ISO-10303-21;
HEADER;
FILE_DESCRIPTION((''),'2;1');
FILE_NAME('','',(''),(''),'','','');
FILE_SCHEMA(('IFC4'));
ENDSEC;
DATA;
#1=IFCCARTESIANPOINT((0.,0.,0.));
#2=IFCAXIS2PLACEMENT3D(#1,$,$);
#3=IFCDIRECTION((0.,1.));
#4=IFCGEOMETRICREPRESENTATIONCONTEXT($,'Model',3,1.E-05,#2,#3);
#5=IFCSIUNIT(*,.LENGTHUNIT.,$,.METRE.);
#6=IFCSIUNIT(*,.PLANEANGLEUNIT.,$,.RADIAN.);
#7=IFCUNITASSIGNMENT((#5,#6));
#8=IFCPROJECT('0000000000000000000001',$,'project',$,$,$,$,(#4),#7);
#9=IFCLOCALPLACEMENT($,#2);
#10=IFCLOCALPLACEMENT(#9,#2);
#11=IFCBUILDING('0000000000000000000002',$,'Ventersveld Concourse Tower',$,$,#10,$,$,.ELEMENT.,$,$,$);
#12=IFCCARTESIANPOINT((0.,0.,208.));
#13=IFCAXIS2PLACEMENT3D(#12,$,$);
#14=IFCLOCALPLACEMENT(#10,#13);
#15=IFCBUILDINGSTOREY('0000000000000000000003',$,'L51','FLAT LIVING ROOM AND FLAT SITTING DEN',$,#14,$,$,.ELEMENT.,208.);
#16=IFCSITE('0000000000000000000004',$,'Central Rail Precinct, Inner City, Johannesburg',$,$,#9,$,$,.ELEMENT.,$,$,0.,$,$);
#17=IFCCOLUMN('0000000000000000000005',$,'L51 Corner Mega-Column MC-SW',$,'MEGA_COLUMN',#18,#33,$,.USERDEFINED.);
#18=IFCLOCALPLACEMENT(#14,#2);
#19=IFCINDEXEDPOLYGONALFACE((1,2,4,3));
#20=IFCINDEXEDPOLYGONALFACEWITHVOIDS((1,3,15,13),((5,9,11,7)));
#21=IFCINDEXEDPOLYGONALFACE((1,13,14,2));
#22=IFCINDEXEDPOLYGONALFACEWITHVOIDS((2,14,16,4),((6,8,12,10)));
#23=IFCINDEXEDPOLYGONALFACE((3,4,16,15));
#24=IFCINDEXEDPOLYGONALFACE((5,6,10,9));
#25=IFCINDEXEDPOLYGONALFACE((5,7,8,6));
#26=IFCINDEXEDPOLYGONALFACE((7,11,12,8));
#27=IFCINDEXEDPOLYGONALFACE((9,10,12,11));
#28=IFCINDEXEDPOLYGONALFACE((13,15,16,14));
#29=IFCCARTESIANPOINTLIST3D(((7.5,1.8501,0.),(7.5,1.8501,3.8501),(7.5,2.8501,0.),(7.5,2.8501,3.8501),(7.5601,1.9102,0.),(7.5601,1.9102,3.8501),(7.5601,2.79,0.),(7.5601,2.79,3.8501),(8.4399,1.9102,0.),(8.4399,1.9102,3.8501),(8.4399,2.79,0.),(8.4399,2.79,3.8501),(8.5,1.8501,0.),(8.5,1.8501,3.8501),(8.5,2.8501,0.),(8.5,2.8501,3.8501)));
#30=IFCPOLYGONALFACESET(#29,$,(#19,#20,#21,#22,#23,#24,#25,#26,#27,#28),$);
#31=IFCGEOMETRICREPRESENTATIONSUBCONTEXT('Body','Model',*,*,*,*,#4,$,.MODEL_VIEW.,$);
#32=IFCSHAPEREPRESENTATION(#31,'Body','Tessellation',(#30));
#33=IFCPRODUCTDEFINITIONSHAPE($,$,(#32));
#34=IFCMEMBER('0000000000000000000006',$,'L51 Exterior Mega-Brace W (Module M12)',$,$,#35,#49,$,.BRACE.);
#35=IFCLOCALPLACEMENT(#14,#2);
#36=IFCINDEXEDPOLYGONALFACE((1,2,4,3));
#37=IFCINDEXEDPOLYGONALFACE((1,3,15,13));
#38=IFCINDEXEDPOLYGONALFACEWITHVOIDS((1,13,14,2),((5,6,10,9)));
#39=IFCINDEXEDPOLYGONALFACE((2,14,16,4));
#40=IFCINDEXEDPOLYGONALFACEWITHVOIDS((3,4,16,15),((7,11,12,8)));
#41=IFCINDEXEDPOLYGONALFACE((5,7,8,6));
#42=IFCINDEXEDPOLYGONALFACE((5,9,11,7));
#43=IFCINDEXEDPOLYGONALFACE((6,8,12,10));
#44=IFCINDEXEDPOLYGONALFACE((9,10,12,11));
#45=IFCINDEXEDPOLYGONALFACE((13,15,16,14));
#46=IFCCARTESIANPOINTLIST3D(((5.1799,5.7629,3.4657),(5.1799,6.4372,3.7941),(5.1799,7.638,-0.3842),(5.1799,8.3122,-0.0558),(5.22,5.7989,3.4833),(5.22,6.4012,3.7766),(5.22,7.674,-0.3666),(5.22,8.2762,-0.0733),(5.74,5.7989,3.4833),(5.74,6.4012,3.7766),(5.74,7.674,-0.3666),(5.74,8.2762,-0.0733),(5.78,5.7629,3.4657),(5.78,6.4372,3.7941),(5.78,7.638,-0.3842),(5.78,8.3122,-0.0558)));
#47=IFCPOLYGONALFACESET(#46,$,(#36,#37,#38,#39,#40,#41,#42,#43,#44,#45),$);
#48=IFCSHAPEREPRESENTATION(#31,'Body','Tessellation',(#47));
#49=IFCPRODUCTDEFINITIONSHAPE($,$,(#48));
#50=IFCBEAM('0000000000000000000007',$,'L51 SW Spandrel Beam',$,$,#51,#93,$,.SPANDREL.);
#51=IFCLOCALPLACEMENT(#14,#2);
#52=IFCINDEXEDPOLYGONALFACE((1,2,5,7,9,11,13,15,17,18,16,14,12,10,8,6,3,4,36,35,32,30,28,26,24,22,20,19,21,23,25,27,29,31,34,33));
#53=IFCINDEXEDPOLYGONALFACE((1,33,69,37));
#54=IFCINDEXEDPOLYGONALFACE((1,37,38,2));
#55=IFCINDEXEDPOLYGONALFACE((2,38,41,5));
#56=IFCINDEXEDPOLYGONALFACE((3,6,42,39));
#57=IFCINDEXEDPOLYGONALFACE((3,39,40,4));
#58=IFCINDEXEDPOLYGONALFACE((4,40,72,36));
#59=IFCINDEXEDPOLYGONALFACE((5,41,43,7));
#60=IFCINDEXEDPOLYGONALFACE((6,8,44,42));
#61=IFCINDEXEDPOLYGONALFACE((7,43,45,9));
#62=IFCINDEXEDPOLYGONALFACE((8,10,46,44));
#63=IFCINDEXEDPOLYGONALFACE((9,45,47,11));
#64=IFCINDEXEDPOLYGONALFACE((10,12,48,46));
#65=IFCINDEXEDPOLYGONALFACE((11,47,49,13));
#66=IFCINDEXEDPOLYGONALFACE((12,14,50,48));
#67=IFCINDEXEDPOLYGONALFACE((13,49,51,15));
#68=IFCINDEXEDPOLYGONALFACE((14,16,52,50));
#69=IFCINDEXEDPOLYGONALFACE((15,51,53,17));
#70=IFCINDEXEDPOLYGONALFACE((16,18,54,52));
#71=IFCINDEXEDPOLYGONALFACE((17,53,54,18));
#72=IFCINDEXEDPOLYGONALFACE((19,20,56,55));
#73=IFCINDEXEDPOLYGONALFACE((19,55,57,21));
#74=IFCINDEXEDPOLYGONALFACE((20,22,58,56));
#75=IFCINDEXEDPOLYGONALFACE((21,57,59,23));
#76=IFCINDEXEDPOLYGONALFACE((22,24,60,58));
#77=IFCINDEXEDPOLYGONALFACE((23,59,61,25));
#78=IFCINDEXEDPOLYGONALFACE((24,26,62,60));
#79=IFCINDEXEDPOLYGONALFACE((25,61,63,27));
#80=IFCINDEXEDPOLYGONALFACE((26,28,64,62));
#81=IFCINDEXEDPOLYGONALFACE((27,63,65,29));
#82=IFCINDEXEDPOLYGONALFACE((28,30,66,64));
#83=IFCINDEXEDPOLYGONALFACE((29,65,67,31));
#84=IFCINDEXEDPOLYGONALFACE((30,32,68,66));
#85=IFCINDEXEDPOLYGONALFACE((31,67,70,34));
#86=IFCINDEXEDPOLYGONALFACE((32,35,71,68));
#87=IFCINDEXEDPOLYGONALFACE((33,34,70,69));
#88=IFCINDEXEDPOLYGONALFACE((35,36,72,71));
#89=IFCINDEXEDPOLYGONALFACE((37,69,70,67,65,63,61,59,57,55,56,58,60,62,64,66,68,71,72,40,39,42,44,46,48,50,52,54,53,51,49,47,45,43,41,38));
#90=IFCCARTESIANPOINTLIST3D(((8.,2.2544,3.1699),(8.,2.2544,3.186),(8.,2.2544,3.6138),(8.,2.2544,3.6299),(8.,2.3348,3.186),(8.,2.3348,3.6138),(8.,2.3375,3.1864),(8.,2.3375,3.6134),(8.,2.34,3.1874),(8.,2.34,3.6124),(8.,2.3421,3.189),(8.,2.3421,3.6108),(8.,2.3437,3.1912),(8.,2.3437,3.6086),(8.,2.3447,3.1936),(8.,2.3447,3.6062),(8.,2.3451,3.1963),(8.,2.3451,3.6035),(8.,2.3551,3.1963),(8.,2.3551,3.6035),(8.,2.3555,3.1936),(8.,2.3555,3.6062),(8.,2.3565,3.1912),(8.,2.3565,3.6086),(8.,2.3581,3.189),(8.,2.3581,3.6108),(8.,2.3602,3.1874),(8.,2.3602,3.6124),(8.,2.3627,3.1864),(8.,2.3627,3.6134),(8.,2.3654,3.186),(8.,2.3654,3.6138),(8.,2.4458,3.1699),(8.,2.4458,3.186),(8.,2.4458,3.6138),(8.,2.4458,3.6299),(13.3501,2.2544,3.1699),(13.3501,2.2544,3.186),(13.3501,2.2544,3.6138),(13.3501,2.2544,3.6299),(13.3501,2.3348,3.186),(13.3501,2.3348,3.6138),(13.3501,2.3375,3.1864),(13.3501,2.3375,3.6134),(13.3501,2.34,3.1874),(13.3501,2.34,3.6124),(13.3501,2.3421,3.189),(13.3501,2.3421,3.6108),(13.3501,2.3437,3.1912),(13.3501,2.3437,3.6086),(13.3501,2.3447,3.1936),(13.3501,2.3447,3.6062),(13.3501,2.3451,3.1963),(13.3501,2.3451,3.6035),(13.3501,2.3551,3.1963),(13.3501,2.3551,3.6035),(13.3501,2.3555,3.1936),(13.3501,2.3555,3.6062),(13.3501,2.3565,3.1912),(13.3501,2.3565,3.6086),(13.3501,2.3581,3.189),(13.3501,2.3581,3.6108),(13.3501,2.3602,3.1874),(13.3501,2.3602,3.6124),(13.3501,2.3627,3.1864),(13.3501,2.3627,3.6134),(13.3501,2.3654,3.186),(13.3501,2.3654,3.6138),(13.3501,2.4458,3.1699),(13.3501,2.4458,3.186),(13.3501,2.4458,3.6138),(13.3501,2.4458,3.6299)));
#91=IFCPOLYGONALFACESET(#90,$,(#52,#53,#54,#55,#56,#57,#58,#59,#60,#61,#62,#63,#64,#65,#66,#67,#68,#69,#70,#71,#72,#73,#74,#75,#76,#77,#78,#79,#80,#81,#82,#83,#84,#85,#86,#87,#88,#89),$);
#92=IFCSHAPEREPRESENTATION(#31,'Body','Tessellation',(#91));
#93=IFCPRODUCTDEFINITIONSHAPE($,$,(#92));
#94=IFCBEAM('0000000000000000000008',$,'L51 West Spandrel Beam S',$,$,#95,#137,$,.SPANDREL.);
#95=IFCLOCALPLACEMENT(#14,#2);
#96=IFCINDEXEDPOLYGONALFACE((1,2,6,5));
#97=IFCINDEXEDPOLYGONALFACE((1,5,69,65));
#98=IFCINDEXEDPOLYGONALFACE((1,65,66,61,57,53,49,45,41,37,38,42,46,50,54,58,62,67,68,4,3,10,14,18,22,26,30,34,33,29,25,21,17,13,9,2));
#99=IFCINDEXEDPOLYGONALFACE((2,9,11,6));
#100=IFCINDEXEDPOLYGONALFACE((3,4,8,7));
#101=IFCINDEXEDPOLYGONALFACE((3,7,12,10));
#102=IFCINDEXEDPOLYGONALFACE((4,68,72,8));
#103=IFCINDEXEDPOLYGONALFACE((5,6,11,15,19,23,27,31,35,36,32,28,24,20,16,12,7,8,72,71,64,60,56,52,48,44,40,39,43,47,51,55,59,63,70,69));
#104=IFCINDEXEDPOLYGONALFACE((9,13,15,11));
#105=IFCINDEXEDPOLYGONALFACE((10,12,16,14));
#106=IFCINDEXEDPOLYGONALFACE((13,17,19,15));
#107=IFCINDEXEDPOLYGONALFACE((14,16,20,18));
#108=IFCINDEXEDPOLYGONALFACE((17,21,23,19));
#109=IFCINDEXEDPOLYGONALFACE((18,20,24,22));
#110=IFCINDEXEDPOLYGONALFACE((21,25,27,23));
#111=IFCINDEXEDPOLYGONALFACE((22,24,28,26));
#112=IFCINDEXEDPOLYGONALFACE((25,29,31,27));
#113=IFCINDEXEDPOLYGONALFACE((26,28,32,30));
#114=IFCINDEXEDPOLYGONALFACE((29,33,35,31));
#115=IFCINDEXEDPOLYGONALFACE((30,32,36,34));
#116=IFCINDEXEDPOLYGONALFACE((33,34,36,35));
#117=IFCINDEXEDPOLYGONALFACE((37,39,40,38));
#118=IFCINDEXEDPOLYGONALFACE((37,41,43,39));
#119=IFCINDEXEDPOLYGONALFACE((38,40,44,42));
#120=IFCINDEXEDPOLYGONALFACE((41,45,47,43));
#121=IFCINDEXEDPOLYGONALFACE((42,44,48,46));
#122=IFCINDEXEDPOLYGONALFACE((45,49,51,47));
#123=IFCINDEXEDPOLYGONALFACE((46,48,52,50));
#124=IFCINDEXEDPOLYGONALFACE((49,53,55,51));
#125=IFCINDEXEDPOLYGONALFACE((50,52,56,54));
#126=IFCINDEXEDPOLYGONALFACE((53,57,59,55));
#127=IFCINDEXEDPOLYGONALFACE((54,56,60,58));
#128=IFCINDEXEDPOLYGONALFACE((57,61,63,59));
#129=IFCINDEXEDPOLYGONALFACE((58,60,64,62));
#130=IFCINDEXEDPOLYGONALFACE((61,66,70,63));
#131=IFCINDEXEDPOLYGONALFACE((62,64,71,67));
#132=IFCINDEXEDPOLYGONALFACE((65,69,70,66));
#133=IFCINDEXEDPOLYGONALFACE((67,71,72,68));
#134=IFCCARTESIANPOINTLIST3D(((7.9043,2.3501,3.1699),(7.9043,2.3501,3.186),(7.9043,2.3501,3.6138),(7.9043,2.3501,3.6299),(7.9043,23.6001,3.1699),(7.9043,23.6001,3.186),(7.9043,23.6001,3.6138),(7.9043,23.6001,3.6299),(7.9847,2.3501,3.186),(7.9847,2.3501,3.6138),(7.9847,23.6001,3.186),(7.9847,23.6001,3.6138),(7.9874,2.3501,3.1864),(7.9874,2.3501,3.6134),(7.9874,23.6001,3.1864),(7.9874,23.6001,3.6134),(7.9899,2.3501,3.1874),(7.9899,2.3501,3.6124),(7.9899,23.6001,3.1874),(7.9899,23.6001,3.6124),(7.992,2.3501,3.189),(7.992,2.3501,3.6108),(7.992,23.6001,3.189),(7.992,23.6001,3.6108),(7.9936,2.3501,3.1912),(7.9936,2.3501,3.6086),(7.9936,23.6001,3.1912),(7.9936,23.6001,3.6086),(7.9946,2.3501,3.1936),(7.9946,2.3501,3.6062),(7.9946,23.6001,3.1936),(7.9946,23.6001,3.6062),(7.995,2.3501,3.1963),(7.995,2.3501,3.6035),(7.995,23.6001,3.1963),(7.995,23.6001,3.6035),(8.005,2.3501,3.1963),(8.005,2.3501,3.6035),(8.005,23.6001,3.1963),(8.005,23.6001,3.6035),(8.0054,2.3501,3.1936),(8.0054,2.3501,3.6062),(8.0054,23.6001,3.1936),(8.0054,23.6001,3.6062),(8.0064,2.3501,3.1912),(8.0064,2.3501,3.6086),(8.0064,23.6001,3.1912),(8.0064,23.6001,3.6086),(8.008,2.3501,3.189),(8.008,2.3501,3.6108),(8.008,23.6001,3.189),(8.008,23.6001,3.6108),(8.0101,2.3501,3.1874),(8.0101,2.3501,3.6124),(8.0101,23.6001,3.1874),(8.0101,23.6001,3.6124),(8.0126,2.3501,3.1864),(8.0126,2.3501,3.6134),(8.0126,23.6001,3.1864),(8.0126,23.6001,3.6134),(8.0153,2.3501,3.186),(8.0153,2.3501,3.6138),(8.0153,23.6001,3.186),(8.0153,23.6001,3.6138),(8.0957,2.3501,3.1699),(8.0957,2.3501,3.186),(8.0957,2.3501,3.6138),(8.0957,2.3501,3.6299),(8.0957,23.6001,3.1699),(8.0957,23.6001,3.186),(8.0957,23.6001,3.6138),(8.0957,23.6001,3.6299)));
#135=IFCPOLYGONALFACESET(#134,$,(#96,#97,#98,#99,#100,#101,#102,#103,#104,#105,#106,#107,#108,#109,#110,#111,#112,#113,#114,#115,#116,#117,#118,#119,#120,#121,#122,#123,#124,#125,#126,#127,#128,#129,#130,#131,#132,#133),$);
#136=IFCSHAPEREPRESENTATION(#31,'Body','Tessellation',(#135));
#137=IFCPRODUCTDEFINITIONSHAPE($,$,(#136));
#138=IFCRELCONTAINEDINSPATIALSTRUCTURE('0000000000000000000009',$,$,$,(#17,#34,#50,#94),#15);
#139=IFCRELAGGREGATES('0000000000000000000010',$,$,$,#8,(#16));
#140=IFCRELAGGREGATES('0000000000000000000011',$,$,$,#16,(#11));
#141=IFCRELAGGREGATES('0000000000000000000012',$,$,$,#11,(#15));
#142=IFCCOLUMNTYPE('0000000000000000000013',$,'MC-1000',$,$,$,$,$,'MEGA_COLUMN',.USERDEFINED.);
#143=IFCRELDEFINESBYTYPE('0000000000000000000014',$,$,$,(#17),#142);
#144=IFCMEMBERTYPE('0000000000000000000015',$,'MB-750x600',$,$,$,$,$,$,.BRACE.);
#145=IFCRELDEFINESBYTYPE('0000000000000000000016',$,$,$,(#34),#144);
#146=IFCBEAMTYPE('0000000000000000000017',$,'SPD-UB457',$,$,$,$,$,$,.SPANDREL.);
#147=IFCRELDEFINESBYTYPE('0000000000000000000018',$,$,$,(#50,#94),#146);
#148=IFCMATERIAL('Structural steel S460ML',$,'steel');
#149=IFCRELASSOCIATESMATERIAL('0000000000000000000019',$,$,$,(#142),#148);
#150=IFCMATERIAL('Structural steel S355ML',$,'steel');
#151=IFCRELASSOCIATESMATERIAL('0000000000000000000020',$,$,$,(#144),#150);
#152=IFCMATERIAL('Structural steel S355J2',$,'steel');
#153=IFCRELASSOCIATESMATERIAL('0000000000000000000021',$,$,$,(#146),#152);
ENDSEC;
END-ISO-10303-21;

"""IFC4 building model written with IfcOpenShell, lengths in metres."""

from ifc_helpers import new_model, si_unit, direction, frame, origin, origin_2d, place, context, subcontext, project, spatial, hollow_rectangle, i_section, extrude, material, material_profile, profile_set, type_object, element, save


model = new_model("IFC4")

# Units and contexts
model_context = context("Model", 3, precision=1e-05, world=origin(), true_north=direction((0.0, 1.0)))
body_context = subcontext(model_context, "Body", "Model", "MODEL_VIEW")
ifc_project = project(units=[si_unit("LENGTHUNIT", "METRE"), si_unit("PLANEANGLEUNIT", "RADIAN")], contexts=[model_context])

# Site, building, storey
site_placement = place(None, origin())
site = spatial("IfcSite", under=ifc_project, at=site_placement, Name="Central Rail Precinct, Inner City, Johannesburg", CompositionType="ELEMENT", RefElevation=0.0)
building_placement = place(site_placement, origin())
building = spatial("IfcBuilding", under=site, at=building_placement, Name="Ventersveld Concourse Tower", CompositionType="ELEMENT")
storey_placement = place(building_placement, frame((0.0, 0.0, 208.0)))
storey = spatial("IfcBuildingStorey", under=building, at=storey_placement, Name="L51", Description="FLAT LIVING ROOM AND FLAT SITTING DEN", CompositionType="ELEMENT", Elevation=208.0)

# Column
ifc_material_1 = material(Name="Structural steel S460ML", Category="steel")
ifc_material_profile_1 = material_profile(ifc_material_1, hollow_rectangle(XDim=1.0, YDim=1.0, WallThickness=0.0601, at=origin_2d()), Name="BOX 1000x1000x60")
ifc_profile_set_1 = profile_set([ifc_material_profile_1], Name="Structural steel S460ML")
column_type = type_object("IfcColumnType", Name="MC-1000", ElementType="MEGA_COLUMN", PredefinedType="USERDEFINED", material=ifc_profile_set_1)
column_placement = place(storey_placement, frame((8.0, 2.3501, 0.0), z_axis=(0.0, 0.0, 1.0), x_axis=(1.0, 0.0, 0.0)))
element("IfcColumn", 1, at=column_placement, inside=storey, type_object=column_type, Name="L51 Corner Mega-Column MC-SW", ObjectType="MEGA_COLUMN", PredefinedType="USERDEFINED", context=body_context, shape_type="SweptSolid", body=[
    extrude(hollow_rectangle(XDim=1.0, YDim=1.0, WallThickness=0.0601, at=origin_2d()), origin(), (0.0, 0.0, 1.0), 3.8501),
])

# Member
ifc_material_2 = material(Name="Structural steel S355ML", Category="steel")
ifc_material_profile_2 = material_profile(ifc_material_2, hollow_rectangle(XDim=0.6001, YDim=0.75, WallThickness=0.04, at=origin_2d()), Name="BOX 750x600x40")
ifc_profile_set_2 = profile_set([ifc_material_profile_2], Name="Structural steel S355ML")
member_type = type_object("IfcMemberType", Name="MB-750x600", PredefinedType="BRACE", material=ifc_profile_set_2)
member_placement = place(storey_placement, frame((5.48, 7.9751, -0.22), z_axis=(0.0, -0.437862, 0.899042), x_axis=(1.0, 0.0, 0.0)))
element("IfcMember", 2, at=member_placement, inside=storey, type_object=member_type, Name="L51 Exterior Mega-Brace W (Module M12)", PredefinedType="BRACE", context=body_context, shape_type="SweptSolid", body=[
    extrude(hollow_rectangle(XDim=0.6001, YDim=0.75, WallThickness=0.04, at=origin_2d()), origin(), (0.0, 0.0, 1.0), 4.2822),
])

# Beams
ifc_material_3 = material(Name="Structural steel S355J2", Category="steel")
ifc_material_profile_3 = material_profile(ifc_material_3, i_section(OverallWidth=0.1914, OverallDepth=0.46, WebThickness=0.01, FlangeThickness=0.0161, FilletRadius=0.0103, at=origin_2d()), Name="UB 457x191x82")
ifc_profile_set_3 = profile_set([ifc_material_profile_3], Name="Structural steel S355J2")
beam_type = type_object("IfcBeamType", Name="SPD-UB457", PredefinedType="SPANDREL", material=ifc_profile_set_3)
beam_1_placement = place(storey_placement, frame((8.0, 2.3501, 3.3999), z_axis=(1.0, 0.0, 0.0), x_axis=(0.0, 1.0, 0.0)))
element("IfcBeam", 3, at=beam_1_placement, inside=storey, type_object=beam_type, Name="L51 SW Spandrel Beam", PredefinedType="SPANDREL", context=body_context, shape_type="SweptSolid", body=[
    extrude(i_section(OverallWidth=0.1914, OverallDepth=0.46, WebThickness=0.01, FlangeThickness=0.0161, FilletRadius=0.0103, at=origin_2d()), origin(), (0.0, 0.0, 1.0), 5.3501),
])
beam_2_placement = place(storey_placement, frame((8.0, 2.3501, 3.3999), z_axis=(0.0, 1.0, 0.0), x_axis=(-1.0, 0.0, 0.0)))
element("IfcBeam", 4, at=beam_2_placement, inside=storey, type_object=beam_type, Name="L51 West Spandrel Beam S", PredefinedType="SPANDREL", context=body_context, shape_type="SweptSolid", body=[
    extrude(i_section(OverallWidth=0.1914, OverallDepth=0.46, WebThickness=0.01, FlangeThickness=0.0161, FilletRadius=0.0103, at=origin_2d()), origin(), (0.0, 0.0, 1.0), 21.25),
])

save(model, "model.ifc")
